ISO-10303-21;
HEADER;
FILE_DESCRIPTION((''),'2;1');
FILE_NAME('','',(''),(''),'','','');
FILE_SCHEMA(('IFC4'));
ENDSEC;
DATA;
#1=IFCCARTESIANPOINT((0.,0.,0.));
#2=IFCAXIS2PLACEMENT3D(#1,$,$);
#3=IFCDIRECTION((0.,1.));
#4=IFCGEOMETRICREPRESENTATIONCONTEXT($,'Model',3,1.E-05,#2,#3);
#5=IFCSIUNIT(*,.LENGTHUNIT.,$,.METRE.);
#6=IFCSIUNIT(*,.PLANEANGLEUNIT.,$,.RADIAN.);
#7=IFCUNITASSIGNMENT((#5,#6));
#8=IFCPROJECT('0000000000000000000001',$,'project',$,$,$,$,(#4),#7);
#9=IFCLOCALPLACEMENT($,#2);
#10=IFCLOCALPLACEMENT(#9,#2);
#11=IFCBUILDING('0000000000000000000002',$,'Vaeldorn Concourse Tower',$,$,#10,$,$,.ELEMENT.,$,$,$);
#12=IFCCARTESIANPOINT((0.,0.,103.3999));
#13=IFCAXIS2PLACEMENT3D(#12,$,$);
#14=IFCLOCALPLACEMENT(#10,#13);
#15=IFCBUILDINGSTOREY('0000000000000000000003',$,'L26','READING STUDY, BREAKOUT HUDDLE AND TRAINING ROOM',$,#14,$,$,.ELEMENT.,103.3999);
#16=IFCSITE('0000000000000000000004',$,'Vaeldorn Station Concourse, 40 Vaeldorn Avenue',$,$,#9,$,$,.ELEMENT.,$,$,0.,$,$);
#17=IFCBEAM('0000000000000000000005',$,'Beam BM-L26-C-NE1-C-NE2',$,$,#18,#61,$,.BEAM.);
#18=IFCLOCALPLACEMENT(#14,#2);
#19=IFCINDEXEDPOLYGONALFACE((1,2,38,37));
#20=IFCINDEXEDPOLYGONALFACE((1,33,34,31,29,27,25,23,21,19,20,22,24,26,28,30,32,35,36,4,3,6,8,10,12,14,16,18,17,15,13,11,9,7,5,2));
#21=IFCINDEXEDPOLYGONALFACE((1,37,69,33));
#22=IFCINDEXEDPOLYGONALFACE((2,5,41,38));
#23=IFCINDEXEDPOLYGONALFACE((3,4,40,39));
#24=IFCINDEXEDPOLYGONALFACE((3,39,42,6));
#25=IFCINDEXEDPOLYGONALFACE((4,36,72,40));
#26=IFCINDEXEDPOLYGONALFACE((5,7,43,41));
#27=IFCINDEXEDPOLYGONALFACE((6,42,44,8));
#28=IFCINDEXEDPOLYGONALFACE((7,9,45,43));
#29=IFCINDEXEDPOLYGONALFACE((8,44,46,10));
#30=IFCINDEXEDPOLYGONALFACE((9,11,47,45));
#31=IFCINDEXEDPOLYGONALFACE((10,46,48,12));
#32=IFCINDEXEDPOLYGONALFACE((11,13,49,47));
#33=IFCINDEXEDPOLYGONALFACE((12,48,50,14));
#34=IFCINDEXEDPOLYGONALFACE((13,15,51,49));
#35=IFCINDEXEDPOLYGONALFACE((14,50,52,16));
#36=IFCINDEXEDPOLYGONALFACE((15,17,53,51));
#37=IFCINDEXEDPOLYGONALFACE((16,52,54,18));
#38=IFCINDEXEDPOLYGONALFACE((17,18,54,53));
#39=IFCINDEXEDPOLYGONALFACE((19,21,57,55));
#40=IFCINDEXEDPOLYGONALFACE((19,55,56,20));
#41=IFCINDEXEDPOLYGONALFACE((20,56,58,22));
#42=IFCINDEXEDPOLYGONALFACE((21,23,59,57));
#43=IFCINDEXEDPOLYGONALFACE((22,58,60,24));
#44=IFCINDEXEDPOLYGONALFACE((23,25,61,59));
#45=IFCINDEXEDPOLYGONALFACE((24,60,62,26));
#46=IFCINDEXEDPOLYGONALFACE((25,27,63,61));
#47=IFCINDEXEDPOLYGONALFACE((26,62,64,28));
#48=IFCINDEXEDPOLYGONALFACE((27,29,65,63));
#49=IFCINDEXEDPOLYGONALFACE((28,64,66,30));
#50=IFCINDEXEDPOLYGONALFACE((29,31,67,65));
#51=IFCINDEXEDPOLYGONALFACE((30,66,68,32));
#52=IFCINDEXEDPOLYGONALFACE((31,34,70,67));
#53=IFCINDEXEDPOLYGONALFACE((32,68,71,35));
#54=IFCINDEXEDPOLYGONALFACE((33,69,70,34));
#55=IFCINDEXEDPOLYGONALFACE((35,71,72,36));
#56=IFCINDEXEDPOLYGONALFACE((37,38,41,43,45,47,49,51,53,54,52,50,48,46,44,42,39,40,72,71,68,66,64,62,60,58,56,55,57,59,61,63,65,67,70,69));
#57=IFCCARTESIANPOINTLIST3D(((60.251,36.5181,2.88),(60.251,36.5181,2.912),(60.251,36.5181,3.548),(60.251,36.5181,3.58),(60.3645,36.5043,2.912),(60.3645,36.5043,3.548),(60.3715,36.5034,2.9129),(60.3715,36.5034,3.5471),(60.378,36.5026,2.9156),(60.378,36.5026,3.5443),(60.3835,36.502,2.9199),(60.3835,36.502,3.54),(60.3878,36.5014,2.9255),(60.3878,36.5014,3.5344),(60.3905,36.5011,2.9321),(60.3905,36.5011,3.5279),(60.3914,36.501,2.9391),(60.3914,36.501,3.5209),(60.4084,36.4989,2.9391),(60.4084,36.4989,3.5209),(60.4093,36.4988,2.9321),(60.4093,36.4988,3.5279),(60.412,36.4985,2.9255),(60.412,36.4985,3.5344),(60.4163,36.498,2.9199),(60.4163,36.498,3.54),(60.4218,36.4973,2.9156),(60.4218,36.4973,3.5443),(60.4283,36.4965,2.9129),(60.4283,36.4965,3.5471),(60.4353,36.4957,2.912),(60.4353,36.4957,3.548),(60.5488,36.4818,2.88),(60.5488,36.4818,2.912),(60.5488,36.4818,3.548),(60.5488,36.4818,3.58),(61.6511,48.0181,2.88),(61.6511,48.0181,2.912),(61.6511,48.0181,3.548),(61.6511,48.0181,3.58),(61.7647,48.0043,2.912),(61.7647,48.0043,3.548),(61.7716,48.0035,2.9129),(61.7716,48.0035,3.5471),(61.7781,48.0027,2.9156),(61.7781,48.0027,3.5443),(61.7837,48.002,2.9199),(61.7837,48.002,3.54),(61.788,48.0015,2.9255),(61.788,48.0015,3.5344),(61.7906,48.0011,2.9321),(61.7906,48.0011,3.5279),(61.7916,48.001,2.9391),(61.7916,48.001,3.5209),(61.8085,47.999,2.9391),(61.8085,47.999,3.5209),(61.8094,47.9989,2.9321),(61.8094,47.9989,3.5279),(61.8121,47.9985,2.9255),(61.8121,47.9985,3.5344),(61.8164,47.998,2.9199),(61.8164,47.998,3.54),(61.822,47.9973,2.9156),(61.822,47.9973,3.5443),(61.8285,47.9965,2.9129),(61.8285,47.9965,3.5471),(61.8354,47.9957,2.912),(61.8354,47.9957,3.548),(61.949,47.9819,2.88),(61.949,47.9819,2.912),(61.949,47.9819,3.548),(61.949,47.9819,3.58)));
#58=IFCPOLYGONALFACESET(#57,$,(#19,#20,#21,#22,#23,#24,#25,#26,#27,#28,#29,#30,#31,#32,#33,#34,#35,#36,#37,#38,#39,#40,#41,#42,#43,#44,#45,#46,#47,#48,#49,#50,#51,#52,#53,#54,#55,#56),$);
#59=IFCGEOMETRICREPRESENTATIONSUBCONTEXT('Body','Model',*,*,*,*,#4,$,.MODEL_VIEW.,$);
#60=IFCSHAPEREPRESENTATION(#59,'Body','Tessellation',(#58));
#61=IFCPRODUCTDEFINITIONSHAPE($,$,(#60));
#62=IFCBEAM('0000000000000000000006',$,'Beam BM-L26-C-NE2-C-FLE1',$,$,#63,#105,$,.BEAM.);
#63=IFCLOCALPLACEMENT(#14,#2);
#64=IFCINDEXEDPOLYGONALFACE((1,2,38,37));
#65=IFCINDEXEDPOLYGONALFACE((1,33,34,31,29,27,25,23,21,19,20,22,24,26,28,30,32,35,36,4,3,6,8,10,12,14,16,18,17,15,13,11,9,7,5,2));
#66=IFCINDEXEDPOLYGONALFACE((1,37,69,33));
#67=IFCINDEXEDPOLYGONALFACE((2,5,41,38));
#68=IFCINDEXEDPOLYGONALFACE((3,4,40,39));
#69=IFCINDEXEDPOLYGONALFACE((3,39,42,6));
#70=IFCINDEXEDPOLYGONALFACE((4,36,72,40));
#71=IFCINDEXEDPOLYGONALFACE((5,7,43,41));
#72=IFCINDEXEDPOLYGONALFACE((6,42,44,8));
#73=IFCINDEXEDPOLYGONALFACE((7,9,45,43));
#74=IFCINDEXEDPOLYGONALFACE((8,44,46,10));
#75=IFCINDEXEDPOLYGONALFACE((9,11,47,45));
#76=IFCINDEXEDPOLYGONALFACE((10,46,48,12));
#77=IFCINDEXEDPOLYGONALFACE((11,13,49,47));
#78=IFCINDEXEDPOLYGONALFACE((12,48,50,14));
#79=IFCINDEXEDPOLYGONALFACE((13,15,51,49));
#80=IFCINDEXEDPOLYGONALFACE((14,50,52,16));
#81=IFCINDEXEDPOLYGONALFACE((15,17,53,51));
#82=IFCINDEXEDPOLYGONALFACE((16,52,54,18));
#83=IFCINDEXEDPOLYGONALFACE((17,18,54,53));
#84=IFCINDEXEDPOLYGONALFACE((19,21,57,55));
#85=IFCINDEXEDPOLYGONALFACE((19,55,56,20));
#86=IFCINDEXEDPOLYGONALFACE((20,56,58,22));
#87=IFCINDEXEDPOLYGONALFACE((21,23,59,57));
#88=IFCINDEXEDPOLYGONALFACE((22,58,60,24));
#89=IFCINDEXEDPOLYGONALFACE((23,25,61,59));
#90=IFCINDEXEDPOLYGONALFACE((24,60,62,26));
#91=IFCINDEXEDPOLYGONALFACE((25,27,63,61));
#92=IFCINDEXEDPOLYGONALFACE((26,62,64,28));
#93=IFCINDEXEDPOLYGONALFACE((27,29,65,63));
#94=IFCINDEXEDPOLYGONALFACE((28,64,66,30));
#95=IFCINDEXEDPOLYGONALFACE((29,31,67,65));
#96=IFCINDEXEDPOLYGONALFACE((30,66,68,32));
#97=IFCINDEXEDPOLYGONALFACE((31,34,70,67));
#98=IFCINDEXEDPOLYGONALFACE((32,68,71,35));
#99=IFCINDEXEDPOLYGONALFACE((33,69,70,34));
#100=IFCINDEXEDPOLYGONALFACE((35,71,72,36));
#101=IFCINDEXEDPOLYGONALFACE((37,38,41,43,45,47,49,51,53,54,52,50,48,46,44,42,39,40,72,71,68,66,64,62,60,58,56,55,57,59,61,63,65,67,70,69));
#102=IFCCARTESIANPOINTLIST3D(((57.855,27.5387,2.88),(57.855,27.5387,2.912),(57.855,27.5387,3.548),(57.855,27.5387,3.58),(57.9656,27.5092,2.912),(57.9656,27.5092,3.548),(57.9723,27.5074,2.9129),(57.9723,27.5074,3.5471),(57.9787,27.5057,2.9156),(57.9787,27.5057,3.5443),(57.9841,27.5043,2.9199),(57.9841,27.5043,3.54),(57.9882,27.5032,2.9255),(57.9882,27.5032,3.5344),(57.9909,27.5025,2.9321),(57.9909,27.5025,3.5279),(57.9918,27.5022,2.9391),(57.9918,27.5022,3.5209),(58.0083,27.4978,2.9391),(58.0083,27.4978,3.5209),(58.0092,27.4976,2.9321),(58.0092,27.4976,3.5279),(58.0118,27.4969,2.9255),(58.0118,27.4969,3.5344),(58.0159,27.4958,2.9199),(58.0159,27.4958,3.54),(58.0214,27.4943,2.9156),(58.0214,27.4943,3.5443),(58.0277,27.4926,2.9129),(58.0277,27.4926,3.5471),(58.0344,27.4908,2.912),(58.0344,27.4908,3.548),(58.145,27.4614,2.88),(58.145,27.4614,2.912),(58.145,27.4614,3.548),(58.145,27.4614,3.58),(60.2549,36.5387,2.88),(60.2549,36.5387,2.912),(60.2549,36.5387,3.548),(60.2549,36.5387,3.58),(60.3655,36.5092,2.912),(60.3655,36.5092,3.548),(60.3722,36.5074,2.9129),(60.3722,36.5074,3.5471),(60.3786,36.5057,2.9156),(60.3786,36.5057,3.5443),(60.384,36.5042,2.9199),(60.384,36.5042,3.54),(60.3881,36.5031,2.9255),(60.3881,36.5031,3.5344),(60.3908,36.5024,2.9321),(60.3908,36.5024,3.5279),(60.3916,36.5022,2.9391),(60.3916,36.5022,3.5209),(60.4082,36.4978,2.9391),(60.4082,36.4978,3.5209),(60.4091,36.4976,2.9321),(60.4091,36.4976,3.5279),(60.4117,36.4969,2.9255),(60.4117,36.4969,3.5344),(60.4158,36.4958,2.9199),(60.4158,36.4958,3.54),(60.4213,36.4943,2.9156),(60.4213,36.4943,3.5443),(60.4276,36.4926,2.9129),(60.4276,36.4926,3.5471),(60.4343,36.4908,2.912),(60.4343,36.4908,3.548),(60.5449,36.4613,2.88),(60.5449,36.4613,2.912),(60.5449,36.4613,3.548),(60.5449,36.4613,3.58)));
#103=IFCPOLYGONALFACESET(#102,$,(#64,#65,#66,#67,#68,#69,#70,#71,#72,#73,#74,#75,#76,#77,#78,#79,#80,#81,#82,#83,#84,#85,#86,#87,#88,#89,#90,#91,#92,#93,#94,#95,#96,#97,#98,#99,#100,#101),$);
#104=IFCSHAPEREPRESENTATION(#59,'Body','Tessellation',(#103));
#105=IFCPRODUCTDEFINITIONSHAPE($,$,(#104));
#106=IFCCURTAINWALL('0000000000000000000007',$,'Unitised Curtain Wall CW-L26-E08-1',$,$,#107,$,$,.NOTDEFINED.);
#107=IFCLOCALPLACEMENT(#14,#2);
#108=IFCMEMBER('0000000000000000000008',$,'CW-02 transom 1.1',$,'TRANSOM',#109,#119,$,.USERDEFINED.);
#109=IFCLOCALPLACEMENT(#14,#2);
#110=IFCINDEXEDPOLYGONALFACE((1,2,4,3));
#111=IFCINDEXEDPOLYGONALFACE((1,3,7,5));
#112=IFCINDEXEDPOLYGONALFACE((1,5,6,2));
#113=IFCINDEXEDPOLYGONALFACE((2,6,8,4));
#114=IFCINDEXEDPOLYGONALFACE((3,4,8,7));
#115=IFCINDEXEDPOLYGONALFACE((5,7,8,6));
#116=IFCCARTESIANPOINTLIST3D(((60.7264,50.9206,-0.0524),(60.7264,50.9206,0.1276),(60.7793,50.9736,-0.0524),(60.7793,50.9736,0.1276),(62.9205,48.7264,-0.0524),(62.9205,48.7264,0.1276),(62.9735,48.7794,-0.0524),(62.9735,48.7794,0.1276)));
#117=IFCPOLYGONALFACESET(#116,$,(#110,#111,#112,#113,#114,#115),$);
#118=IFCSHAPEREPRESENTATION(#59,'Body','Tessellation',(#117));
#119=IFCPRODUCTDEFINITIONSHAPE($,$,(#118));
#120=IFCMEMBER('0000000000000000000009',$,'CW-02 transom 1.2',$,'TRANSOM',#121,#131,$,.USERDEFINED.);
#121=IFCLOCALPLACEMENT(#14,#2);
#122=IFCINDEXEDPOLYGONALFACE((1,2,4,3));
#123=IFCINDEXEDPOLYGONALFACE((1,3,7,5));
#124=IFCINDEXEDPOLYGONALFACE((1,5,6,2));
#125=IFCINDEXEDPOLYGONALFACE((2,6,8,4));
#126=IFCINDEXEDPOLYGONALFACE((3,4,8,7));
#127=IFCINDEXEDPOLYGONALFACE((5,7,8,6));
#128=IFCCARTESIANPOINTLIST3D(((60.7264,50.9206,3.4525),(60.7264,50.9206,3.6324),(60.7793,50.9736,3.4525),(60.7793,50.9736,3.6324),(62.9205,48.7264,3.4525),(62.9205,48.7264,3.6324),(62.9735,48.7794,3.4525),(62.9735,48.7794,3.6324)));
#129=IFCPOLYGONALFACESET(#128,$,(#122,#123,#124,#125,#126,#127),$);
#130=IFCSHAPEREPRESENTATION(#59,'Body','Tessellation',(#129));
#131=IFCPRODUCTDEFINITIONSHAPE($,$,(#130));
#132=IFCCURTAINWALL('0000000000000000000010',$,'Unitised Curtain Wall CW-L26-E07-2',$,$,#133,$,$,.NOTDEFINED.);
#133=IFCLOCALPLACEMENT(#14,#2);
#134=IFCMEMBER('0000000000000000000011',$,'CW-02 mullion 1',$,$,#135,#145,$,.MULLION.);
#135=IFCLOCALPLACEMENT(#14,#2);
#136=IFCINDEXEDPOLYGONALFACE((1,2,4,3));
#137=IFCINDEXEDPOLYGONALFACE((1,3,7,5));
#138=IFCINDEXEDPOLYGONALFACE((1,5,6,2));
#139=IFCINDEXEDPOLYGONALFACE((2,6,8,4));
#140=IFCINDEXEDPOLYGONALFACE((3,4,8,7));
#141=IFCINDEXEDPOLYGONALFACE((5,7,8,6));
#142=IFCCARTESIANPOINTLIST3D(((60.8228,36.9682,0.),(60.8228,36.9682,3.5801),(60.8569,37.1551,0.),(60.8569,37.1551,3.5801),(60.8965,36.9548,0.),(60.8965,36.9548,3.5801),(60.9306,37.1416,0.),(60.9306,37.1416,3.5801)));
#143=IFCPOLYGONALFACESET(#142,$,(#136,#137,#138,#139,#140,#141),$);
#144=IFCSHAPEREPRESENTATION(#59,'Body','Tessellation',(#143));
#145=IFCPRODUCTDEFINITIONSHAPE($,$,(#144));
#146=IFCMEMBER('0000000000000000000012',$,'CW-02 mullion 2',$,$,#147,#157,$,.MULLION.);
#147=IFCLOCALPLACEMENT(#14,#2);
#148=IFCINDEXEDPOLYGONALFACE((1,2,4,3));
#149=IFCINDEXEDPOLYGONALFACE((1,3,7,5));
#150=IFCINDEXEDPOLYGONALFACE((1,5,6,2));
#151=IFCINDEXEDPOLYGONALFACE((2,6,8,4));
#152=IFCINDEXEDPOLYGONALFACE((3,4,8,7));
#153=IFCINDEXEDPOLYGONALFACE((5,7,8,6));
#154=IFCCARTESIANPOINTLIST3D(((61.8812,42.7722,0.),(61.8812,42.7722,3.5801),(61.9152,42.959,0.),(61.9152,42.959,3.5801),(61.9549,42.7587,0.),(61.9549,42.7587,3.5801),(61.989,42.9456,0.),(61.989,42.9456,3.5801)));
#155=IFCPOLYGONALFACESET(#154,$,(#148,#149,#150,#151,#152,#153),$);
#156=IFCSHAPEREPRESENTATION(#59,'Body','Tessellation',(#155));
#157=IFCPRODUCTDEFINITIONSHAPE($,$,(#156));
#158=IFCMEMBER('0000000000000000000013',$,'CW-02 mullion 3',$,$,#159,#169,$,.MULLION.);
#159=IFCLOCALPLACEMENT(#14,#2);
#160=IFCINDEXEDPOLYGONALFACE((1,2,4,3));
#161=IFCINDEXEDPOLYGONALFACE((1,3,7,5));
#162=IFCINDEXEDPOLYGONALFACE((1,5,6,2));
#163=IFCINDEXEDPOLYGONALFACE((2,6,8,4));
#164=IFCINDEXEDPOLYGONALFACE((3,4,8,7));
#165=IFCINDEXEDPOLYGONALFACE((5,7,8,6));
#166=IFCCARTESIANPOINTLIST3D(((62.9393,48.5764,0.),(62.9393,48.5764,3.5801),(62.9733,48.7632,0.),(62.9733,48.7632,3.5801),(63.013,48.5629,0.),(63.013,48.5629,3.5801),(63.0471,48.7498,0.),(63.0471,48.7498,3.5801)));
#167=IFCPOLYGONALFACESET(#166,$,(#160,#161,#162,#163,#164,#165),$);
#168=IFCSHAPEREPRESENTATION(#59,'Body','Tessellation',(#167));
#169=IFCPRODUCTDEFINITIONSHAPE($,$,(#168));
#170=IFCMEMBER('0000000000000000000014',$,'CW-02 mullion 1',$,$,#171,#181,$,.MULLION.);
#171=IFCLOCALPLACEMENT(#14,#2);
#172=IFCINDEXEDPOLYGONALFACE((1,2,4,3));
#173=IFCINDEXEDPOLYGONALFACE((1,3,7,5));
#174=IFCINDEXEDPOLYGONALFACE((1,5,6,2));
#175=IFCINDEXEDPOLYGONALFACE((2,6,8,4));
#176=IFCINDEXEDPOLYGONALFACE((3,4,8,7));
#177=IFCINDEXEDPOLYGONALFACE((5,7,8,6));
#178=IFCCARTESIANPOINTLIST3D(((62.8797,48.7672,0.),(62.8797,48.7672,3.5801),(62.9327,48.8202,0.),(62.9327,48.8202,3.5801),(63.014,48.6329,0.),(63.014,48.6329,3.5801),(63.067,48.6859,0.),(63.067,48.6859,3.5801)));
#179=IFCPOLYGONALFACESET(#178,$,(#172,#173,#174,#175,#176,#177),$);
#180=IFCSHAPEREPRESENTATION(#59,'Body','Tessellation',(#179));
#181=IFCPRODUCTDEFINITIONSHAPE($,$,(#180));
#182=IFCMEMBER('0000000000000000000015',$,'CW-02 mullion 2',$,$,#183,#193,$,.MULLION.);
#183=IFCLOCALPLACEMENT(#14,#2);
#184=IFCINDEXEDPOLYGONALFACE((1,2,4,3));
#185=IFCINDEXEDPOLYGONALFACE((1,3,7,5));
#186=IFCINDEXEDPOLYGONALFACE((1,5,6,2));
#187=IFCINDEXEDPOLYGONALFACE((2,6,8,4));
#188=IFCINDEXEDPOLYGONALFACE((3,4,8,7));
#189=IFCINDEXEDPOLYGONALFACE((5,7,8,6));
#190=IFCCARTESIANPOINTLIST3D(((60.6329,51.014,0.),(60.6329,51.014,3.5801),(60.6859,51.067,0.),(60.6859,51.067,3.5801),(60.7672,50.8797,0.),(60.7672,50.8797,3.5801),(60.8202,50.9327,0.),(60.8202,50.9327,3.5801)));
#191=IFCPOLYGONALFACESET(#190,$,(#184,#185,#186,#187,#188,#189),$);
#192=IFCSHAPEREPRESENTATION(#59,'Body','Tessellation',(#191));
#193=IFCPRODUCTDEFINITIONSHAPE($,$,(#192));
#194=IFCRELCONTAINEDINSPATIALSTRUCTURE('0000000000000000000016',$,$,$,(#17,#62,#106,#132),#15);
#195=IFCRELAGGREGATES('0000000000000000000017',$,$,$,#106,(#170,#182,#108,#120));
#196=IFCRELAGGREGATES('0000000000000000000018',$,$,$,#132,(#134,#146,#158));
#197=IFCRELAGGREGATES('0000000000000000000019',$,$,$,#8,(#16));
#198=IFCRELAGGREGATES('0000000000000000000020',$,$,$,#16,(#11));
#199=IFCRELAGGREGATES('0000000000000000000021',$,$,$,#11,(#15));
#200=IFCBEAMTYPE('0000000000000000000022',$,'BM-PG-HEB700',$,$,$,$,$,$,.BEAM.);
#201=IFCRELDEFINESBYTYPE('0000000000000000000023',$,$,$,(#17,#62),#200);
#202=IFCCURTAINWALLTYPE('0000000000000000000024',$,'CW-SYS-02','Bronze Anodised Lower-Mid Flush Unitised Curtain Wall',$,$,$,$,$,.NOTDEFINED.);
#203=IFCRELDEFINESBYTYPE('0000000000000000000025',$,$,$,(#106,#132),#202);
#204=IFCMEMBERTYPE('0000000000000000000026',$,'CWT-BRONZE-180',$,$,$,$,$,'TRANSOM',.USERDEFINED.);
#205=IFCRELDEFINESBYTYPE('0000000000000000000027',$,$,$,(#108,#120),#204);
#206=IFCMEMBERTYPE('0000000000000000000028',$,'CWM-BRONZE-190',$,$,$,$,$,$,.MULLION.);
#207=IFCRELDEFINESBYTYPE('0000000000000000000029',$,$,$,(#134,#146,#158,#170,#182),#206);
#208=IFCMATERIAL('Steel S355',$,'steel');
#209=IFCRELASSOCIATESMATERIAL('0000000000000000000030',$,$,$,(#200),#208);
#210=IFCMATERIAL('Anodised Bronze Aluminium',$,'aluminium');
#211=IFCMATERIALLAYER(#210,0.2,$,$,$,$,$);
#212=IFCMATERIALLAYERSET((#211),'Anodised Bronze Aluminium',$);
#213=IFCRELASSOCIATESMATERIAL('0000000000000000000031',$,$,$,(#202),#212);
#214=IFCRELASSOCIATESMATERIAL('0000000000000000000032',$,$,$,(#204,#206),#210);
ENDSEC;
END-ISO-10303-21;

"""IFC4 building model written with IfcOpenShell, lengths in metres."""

from ifc_helpers import new_model, si_unit, direction, frame, origin, origin_2d, place, context, subcontext, project, spatial, rectangle, i_section, extrude, source, transform, mapped, material, layer, layer_set, material_profile, profile_set, type_object, element, aggregate, save


model = new_model("IFC4")

# Units and contexts
model_context = context("Model", 3, precision=1e-05, world=origin(), true_north=direction((0.0, 1.0)))
body_context = subcontext(model_context, "Body", "Model", "MODEL_VIEW")
ifc_project = project(units=[si_unit("LENGTHUNIT", "METRE"), si_unit("PLANEANGLEUNIT", "RADIAN")], contexts=[model_context])

# Site, building, storey
site_placement = place(None, origin())
site = spatial("IfcSite", under=ifc_project, at=site_placement, Name="Vaeldorn Station Concourse, 40 Vaeldorn Avenue", CompositionType="ELEMENT", RefElevation=0.0)
building_placement = place(site_placement, origin())
building = spatial("IfcBuilding", under=site, at=building_placement, Name="Vaeldorn Concourse Tower", CompositionType="ELEMENT")
storey_placement = place(building_placement, frame((0.0, 0.0, 103.3999)))
storey = spatial("IfcBuildingStorey", under=building, at=storey_placement, Name="L26", Description="READING STUDY, BREAKOUT HUDDLE AND TRAINING ROOM", CompositionType="ELEMENT", Elevation=103.3999)

# Beams
ifc_material_1 = material(Name="Steel S355", Category="steel")
ifc_material_profile_1 = material_profile(ifc_material_1, i_section(OverallWidth=0.3, OverallDepth=0.7, WebThickness=0.0171, FlangeThickness=0.032, FilletRadius=0.0271, at=origin_2d()), Name="HEB 700")
ifc_profile_set_1 = profile_set([ifc_material_profile_1], Name="Steel S355")
beam_type = type_object("IfcBeamType", Name="BM-PG-HEB700", PredefinedType="BEAM", material=ifc_profile_set_1)
shared_shape_1 = source(origin(), body_context, "Body", "SweptSolid", [
    extrude(i_section(OverallWidth=0.3, OverallDepth=0.7, WebThickness=0.0171, FlangeThickness=0.032, FilletRadius=0.0271, at=origin_2d()), origin(), (0.0, 0.0, 1.0), 11.585),
])
beam_1_placement = place(storey_placement, frame((61.8, 48.0, 3.23), z_axis=(-0.120859, -0.99267, 0.0), x_axis=(0.99267, -0.120859, 0.0)))
element("IfcBeam", 1, at=beam_1_placement, inside=storey, type_object=beam_type, Name="Beam BM-L26-C-NE1-C-NE2", PredefinedType="BEAM", context=body_context, shape_type="MappedRepresentation", body=[
    mapped(shared_shape_1, transform((0.0, 0.0, 0.0), scale=1.0)),
])
shared_shape_2 = source(origin(), body_context, "Body", "SweptSolid", [
    extrude(i_section(OverallWidth=0.3, OverallDepth=0.7, WebThickness=0.0171, FlangeThickness=0.032, FilletRadius=0.0271, at=origin_2d()), origin(), (0.0, 0.0, 1.0), 9.3145),
])
beam_2_placement = place(storey_placement, frame((60.3999, 36.5, 3.23), z_axis=(-0.257653, -0.966238, 0.0), x_axis=(0.966238, -0.257653, 0.0)))
element("IfcBeam", 2, at=beam_2_placement, inside=storey, type_object=beam_type, Name="Beam BM-L26-C-NE2-C-FLE1", PredefinedType="BEAM", context=body_context, shape_type="MappedRepresentation", body=[
    mapped(shared_shape_2, transform((0.0, 0.0, 0.0), scale=1.0)),
])

# Curtain walls, members
ifc_material_2 = material(Name="Anodised Bronze Aluminium", Category="aluminium")
ifc_layer_1 = layer(ifc_material_2, 0.2)
ifc_layer_set_1 = layer_set([ifc_layer_1], Name="Anodised Bronze Aluminium")
curtain_wall_type = type_object("IfcCurtainWallType", Name="CW-SYS-02", Description="Bronze Anodised Lower-Mid Flush Unitised Curtain Wall", PredefinedType="NOTDEFINED", material=ifc_layer_set_1)
curtain_wall_1_placement = place(storey_placement, origin())
curtain_wall_1 = element("IfcCurtainWall", 3, at=curtain_wall_1_placement, inside=storey, type_object=curtain_wall_type, Name="Unitised Curtain Wall CW-L26-E08-1", PredefinedType="NOTDEFINED")
ifc_material_profile_2 = material_profile(ifc_material_2, rectangle(XDim=0.075, YDim=0.1799, at=origin_2d()), Name="CWT 75x180")
ifc_profile_set_2 = profile_set([ifc_material_profile_2], Name="Anodised Bronze Aluminium")
member_type_1 = type_object("IfcMemberType", Name="CWT-BRONZE-180", ElementType="TRANSOM", PredefinedType="USERDEFINED", material=ifc_profile_set_2)
shared_shape_3 = source(origin(), body_context, "Body", "SweptSolid", [
    extrude(rectangle(XDim=0.075, YDim=0.1799, at=origin_2d()), origin(), (0.0, 0.0, 1.0), 3.103),
])
member_1_placement = place(storey_placement, frame((62.947, 48.7529, 0.0376), z_axis=(-0.707107, 0.707107, 0.0), x_axis=(-0.707107, -0.707107, 0.0)))
member_1 = element("IfcMember", 4, at=member_1_placement, type_object=member_type_1, Name="CW-02 transom 1.1", ObjectType="TRANSOM", PredefinedType="USERDEFINED", context=body_context, shape_type="MappedRepresentation", body=[
    mapped(shared_shape_3, transform((0.0, 0.0, 0.0), scale=1.0)),
])
member_2_placement = place(storey_placement, frame((62.947, 48.7529, 3.5425), z_axis=(-0.707107, 0.707107, 0.0), x_axis=(-0.707107, -0.707107, 0.0)))
member_2 = element("IfcMember", 5, at=member_2_placement, type_object=member_type_1, Name="CW-02 transom 1.2", ObjectType="TRANSOM", PredefinedType="USERDEFINED", context=body_context, shape_type="MappedRepresentation", body=[
    mapped(shared_shape_3, transform((0.0, 0.0, 0.0), scale=1.0)),
])
curtain_wall_2_placement = place(storey_placement, origin())
curtain_wall_2 = element("IfcCurtainWall", 6, at=curtain_wall_2_placement, inside=storey, type_object=curtain_wall_type, Name="Unitised Curtain Wall CW-L26-E07-2", PredefinedType="NOTDEFINED")
ifc_material_profile_3 = material_profile(ifc_material_2, rectangle(XDim=0.075, YDim=0.1899, at=origin_2d()), Name="CWM 75x190")
ifc_profile_set_3 = profile_set([ifc_material_profile_3], Name="Anodised Bronze Aluminium")
member_type_2 = type_object("IfcMemberType", Name="CWM-BRONZE-190", PredefinedType="MULLION", material=ifc_profile_set_3)
shared_shape_4 = source(origin(), body_context, "Body", "SweptSolid", [
    extrude(rectangle(XDim=0.075, YDim=0.1899, at=origin_2d()), origin(), (0.0, 0.0, 1.0), 3.5801),
])
member_3_placement = place(storey_placement, frame((60.8767, 37.0549, 0.0), z_axis=(0.0, 0.0, 1.0), x_axis=(-0.983779, 0.179383, 0.0)))
member_3 = element("IfcMember", 7, at=member_3_placement, type_object=member_type_2, Name="CW-02 mullion 1", PredefinedType="MULLION", context=body_context, shape_type="MappedRepresentation", body=[
    mapped(shared_shape_4, transform((0.0, 0.0, 0.0), scale=1.0)),
])
member_4_placement = place(storey_placement, frame((61.9351, 42.8589, 0.0), z_axis=(0.0, 0.0, 1.0), x_axis=(-0.983779, 0.179383, 0.0)))
member_4 = element("IfcMember", 8, at=member_4_placement, type_object=member_type_2, Name="CW-02 mullion 2", PredefinedType="MULLION", context=body_context, shape_type="MappedRepresentation", body=[
    mapped(shared_shape_4, transform((0.0, 0.0, 0.0), scale=1.0)),
])
member_5_placement = place(storey_placement, frame((62.9932, 48.6631, 0.0), z_axis=(0.0, 0.0, 1.0), x_axis=(-0.983779, 0.179383, 0.0)))
member_5 = element("IfcMember", 9, at=member_5_placement, type_object=member_type_2, Name="CW-02 mullion 3", PredefinedType="MULLION", context=body_context, shape_type="MappedRepresentation", body=[
    mapped(shared_shape_4, transform((0.0, 0.0, 0.0), scale=1.0)),
])

# Members
member_6_placement = place(storey_placement, frame((62.9734, 48.7266, 0.0), z_axis=(0.0, 0.0, 1.0), x_axis=(-0.707107, -0.707107, 0.0)))
member_6 = element("IfcMember", 10, at=member_6_placement, type_object=member_type_2, Name="CW-02 mullion 1", PredefinedType="MULLION", context=body_context, shape_type="MappedRepresentation", body=[
    mapped(shared_shape_4, transform((0.0, 0.0, 0.0), scale=1.0)),
])
member_7_placement = place(storey_placement, frame((60.7266, 50.9734, 0.0), z_axis=(0.0, 0.0, 1.0), x_axis=(-0.707107, -0.707107, 0.0)))
member_7 = element("IfcMember", 11, at=member_7_placement, type_object=member_type_2, Name="CW-02 mullion 2", PredefinedType="MULLION", context=body_context, shape_type="MappedRepresentation", body=[
    mapped(shared_shape_4, transform((0.0, 0.0, 0.0), scale=1.0)),
])

aggregate(curtain_wall_1, [member_6, member_7, member_1, member_2])
aggregate(curtain_wall_2, [member_3, member_4, member_5])

save(model, "model.ifc")
